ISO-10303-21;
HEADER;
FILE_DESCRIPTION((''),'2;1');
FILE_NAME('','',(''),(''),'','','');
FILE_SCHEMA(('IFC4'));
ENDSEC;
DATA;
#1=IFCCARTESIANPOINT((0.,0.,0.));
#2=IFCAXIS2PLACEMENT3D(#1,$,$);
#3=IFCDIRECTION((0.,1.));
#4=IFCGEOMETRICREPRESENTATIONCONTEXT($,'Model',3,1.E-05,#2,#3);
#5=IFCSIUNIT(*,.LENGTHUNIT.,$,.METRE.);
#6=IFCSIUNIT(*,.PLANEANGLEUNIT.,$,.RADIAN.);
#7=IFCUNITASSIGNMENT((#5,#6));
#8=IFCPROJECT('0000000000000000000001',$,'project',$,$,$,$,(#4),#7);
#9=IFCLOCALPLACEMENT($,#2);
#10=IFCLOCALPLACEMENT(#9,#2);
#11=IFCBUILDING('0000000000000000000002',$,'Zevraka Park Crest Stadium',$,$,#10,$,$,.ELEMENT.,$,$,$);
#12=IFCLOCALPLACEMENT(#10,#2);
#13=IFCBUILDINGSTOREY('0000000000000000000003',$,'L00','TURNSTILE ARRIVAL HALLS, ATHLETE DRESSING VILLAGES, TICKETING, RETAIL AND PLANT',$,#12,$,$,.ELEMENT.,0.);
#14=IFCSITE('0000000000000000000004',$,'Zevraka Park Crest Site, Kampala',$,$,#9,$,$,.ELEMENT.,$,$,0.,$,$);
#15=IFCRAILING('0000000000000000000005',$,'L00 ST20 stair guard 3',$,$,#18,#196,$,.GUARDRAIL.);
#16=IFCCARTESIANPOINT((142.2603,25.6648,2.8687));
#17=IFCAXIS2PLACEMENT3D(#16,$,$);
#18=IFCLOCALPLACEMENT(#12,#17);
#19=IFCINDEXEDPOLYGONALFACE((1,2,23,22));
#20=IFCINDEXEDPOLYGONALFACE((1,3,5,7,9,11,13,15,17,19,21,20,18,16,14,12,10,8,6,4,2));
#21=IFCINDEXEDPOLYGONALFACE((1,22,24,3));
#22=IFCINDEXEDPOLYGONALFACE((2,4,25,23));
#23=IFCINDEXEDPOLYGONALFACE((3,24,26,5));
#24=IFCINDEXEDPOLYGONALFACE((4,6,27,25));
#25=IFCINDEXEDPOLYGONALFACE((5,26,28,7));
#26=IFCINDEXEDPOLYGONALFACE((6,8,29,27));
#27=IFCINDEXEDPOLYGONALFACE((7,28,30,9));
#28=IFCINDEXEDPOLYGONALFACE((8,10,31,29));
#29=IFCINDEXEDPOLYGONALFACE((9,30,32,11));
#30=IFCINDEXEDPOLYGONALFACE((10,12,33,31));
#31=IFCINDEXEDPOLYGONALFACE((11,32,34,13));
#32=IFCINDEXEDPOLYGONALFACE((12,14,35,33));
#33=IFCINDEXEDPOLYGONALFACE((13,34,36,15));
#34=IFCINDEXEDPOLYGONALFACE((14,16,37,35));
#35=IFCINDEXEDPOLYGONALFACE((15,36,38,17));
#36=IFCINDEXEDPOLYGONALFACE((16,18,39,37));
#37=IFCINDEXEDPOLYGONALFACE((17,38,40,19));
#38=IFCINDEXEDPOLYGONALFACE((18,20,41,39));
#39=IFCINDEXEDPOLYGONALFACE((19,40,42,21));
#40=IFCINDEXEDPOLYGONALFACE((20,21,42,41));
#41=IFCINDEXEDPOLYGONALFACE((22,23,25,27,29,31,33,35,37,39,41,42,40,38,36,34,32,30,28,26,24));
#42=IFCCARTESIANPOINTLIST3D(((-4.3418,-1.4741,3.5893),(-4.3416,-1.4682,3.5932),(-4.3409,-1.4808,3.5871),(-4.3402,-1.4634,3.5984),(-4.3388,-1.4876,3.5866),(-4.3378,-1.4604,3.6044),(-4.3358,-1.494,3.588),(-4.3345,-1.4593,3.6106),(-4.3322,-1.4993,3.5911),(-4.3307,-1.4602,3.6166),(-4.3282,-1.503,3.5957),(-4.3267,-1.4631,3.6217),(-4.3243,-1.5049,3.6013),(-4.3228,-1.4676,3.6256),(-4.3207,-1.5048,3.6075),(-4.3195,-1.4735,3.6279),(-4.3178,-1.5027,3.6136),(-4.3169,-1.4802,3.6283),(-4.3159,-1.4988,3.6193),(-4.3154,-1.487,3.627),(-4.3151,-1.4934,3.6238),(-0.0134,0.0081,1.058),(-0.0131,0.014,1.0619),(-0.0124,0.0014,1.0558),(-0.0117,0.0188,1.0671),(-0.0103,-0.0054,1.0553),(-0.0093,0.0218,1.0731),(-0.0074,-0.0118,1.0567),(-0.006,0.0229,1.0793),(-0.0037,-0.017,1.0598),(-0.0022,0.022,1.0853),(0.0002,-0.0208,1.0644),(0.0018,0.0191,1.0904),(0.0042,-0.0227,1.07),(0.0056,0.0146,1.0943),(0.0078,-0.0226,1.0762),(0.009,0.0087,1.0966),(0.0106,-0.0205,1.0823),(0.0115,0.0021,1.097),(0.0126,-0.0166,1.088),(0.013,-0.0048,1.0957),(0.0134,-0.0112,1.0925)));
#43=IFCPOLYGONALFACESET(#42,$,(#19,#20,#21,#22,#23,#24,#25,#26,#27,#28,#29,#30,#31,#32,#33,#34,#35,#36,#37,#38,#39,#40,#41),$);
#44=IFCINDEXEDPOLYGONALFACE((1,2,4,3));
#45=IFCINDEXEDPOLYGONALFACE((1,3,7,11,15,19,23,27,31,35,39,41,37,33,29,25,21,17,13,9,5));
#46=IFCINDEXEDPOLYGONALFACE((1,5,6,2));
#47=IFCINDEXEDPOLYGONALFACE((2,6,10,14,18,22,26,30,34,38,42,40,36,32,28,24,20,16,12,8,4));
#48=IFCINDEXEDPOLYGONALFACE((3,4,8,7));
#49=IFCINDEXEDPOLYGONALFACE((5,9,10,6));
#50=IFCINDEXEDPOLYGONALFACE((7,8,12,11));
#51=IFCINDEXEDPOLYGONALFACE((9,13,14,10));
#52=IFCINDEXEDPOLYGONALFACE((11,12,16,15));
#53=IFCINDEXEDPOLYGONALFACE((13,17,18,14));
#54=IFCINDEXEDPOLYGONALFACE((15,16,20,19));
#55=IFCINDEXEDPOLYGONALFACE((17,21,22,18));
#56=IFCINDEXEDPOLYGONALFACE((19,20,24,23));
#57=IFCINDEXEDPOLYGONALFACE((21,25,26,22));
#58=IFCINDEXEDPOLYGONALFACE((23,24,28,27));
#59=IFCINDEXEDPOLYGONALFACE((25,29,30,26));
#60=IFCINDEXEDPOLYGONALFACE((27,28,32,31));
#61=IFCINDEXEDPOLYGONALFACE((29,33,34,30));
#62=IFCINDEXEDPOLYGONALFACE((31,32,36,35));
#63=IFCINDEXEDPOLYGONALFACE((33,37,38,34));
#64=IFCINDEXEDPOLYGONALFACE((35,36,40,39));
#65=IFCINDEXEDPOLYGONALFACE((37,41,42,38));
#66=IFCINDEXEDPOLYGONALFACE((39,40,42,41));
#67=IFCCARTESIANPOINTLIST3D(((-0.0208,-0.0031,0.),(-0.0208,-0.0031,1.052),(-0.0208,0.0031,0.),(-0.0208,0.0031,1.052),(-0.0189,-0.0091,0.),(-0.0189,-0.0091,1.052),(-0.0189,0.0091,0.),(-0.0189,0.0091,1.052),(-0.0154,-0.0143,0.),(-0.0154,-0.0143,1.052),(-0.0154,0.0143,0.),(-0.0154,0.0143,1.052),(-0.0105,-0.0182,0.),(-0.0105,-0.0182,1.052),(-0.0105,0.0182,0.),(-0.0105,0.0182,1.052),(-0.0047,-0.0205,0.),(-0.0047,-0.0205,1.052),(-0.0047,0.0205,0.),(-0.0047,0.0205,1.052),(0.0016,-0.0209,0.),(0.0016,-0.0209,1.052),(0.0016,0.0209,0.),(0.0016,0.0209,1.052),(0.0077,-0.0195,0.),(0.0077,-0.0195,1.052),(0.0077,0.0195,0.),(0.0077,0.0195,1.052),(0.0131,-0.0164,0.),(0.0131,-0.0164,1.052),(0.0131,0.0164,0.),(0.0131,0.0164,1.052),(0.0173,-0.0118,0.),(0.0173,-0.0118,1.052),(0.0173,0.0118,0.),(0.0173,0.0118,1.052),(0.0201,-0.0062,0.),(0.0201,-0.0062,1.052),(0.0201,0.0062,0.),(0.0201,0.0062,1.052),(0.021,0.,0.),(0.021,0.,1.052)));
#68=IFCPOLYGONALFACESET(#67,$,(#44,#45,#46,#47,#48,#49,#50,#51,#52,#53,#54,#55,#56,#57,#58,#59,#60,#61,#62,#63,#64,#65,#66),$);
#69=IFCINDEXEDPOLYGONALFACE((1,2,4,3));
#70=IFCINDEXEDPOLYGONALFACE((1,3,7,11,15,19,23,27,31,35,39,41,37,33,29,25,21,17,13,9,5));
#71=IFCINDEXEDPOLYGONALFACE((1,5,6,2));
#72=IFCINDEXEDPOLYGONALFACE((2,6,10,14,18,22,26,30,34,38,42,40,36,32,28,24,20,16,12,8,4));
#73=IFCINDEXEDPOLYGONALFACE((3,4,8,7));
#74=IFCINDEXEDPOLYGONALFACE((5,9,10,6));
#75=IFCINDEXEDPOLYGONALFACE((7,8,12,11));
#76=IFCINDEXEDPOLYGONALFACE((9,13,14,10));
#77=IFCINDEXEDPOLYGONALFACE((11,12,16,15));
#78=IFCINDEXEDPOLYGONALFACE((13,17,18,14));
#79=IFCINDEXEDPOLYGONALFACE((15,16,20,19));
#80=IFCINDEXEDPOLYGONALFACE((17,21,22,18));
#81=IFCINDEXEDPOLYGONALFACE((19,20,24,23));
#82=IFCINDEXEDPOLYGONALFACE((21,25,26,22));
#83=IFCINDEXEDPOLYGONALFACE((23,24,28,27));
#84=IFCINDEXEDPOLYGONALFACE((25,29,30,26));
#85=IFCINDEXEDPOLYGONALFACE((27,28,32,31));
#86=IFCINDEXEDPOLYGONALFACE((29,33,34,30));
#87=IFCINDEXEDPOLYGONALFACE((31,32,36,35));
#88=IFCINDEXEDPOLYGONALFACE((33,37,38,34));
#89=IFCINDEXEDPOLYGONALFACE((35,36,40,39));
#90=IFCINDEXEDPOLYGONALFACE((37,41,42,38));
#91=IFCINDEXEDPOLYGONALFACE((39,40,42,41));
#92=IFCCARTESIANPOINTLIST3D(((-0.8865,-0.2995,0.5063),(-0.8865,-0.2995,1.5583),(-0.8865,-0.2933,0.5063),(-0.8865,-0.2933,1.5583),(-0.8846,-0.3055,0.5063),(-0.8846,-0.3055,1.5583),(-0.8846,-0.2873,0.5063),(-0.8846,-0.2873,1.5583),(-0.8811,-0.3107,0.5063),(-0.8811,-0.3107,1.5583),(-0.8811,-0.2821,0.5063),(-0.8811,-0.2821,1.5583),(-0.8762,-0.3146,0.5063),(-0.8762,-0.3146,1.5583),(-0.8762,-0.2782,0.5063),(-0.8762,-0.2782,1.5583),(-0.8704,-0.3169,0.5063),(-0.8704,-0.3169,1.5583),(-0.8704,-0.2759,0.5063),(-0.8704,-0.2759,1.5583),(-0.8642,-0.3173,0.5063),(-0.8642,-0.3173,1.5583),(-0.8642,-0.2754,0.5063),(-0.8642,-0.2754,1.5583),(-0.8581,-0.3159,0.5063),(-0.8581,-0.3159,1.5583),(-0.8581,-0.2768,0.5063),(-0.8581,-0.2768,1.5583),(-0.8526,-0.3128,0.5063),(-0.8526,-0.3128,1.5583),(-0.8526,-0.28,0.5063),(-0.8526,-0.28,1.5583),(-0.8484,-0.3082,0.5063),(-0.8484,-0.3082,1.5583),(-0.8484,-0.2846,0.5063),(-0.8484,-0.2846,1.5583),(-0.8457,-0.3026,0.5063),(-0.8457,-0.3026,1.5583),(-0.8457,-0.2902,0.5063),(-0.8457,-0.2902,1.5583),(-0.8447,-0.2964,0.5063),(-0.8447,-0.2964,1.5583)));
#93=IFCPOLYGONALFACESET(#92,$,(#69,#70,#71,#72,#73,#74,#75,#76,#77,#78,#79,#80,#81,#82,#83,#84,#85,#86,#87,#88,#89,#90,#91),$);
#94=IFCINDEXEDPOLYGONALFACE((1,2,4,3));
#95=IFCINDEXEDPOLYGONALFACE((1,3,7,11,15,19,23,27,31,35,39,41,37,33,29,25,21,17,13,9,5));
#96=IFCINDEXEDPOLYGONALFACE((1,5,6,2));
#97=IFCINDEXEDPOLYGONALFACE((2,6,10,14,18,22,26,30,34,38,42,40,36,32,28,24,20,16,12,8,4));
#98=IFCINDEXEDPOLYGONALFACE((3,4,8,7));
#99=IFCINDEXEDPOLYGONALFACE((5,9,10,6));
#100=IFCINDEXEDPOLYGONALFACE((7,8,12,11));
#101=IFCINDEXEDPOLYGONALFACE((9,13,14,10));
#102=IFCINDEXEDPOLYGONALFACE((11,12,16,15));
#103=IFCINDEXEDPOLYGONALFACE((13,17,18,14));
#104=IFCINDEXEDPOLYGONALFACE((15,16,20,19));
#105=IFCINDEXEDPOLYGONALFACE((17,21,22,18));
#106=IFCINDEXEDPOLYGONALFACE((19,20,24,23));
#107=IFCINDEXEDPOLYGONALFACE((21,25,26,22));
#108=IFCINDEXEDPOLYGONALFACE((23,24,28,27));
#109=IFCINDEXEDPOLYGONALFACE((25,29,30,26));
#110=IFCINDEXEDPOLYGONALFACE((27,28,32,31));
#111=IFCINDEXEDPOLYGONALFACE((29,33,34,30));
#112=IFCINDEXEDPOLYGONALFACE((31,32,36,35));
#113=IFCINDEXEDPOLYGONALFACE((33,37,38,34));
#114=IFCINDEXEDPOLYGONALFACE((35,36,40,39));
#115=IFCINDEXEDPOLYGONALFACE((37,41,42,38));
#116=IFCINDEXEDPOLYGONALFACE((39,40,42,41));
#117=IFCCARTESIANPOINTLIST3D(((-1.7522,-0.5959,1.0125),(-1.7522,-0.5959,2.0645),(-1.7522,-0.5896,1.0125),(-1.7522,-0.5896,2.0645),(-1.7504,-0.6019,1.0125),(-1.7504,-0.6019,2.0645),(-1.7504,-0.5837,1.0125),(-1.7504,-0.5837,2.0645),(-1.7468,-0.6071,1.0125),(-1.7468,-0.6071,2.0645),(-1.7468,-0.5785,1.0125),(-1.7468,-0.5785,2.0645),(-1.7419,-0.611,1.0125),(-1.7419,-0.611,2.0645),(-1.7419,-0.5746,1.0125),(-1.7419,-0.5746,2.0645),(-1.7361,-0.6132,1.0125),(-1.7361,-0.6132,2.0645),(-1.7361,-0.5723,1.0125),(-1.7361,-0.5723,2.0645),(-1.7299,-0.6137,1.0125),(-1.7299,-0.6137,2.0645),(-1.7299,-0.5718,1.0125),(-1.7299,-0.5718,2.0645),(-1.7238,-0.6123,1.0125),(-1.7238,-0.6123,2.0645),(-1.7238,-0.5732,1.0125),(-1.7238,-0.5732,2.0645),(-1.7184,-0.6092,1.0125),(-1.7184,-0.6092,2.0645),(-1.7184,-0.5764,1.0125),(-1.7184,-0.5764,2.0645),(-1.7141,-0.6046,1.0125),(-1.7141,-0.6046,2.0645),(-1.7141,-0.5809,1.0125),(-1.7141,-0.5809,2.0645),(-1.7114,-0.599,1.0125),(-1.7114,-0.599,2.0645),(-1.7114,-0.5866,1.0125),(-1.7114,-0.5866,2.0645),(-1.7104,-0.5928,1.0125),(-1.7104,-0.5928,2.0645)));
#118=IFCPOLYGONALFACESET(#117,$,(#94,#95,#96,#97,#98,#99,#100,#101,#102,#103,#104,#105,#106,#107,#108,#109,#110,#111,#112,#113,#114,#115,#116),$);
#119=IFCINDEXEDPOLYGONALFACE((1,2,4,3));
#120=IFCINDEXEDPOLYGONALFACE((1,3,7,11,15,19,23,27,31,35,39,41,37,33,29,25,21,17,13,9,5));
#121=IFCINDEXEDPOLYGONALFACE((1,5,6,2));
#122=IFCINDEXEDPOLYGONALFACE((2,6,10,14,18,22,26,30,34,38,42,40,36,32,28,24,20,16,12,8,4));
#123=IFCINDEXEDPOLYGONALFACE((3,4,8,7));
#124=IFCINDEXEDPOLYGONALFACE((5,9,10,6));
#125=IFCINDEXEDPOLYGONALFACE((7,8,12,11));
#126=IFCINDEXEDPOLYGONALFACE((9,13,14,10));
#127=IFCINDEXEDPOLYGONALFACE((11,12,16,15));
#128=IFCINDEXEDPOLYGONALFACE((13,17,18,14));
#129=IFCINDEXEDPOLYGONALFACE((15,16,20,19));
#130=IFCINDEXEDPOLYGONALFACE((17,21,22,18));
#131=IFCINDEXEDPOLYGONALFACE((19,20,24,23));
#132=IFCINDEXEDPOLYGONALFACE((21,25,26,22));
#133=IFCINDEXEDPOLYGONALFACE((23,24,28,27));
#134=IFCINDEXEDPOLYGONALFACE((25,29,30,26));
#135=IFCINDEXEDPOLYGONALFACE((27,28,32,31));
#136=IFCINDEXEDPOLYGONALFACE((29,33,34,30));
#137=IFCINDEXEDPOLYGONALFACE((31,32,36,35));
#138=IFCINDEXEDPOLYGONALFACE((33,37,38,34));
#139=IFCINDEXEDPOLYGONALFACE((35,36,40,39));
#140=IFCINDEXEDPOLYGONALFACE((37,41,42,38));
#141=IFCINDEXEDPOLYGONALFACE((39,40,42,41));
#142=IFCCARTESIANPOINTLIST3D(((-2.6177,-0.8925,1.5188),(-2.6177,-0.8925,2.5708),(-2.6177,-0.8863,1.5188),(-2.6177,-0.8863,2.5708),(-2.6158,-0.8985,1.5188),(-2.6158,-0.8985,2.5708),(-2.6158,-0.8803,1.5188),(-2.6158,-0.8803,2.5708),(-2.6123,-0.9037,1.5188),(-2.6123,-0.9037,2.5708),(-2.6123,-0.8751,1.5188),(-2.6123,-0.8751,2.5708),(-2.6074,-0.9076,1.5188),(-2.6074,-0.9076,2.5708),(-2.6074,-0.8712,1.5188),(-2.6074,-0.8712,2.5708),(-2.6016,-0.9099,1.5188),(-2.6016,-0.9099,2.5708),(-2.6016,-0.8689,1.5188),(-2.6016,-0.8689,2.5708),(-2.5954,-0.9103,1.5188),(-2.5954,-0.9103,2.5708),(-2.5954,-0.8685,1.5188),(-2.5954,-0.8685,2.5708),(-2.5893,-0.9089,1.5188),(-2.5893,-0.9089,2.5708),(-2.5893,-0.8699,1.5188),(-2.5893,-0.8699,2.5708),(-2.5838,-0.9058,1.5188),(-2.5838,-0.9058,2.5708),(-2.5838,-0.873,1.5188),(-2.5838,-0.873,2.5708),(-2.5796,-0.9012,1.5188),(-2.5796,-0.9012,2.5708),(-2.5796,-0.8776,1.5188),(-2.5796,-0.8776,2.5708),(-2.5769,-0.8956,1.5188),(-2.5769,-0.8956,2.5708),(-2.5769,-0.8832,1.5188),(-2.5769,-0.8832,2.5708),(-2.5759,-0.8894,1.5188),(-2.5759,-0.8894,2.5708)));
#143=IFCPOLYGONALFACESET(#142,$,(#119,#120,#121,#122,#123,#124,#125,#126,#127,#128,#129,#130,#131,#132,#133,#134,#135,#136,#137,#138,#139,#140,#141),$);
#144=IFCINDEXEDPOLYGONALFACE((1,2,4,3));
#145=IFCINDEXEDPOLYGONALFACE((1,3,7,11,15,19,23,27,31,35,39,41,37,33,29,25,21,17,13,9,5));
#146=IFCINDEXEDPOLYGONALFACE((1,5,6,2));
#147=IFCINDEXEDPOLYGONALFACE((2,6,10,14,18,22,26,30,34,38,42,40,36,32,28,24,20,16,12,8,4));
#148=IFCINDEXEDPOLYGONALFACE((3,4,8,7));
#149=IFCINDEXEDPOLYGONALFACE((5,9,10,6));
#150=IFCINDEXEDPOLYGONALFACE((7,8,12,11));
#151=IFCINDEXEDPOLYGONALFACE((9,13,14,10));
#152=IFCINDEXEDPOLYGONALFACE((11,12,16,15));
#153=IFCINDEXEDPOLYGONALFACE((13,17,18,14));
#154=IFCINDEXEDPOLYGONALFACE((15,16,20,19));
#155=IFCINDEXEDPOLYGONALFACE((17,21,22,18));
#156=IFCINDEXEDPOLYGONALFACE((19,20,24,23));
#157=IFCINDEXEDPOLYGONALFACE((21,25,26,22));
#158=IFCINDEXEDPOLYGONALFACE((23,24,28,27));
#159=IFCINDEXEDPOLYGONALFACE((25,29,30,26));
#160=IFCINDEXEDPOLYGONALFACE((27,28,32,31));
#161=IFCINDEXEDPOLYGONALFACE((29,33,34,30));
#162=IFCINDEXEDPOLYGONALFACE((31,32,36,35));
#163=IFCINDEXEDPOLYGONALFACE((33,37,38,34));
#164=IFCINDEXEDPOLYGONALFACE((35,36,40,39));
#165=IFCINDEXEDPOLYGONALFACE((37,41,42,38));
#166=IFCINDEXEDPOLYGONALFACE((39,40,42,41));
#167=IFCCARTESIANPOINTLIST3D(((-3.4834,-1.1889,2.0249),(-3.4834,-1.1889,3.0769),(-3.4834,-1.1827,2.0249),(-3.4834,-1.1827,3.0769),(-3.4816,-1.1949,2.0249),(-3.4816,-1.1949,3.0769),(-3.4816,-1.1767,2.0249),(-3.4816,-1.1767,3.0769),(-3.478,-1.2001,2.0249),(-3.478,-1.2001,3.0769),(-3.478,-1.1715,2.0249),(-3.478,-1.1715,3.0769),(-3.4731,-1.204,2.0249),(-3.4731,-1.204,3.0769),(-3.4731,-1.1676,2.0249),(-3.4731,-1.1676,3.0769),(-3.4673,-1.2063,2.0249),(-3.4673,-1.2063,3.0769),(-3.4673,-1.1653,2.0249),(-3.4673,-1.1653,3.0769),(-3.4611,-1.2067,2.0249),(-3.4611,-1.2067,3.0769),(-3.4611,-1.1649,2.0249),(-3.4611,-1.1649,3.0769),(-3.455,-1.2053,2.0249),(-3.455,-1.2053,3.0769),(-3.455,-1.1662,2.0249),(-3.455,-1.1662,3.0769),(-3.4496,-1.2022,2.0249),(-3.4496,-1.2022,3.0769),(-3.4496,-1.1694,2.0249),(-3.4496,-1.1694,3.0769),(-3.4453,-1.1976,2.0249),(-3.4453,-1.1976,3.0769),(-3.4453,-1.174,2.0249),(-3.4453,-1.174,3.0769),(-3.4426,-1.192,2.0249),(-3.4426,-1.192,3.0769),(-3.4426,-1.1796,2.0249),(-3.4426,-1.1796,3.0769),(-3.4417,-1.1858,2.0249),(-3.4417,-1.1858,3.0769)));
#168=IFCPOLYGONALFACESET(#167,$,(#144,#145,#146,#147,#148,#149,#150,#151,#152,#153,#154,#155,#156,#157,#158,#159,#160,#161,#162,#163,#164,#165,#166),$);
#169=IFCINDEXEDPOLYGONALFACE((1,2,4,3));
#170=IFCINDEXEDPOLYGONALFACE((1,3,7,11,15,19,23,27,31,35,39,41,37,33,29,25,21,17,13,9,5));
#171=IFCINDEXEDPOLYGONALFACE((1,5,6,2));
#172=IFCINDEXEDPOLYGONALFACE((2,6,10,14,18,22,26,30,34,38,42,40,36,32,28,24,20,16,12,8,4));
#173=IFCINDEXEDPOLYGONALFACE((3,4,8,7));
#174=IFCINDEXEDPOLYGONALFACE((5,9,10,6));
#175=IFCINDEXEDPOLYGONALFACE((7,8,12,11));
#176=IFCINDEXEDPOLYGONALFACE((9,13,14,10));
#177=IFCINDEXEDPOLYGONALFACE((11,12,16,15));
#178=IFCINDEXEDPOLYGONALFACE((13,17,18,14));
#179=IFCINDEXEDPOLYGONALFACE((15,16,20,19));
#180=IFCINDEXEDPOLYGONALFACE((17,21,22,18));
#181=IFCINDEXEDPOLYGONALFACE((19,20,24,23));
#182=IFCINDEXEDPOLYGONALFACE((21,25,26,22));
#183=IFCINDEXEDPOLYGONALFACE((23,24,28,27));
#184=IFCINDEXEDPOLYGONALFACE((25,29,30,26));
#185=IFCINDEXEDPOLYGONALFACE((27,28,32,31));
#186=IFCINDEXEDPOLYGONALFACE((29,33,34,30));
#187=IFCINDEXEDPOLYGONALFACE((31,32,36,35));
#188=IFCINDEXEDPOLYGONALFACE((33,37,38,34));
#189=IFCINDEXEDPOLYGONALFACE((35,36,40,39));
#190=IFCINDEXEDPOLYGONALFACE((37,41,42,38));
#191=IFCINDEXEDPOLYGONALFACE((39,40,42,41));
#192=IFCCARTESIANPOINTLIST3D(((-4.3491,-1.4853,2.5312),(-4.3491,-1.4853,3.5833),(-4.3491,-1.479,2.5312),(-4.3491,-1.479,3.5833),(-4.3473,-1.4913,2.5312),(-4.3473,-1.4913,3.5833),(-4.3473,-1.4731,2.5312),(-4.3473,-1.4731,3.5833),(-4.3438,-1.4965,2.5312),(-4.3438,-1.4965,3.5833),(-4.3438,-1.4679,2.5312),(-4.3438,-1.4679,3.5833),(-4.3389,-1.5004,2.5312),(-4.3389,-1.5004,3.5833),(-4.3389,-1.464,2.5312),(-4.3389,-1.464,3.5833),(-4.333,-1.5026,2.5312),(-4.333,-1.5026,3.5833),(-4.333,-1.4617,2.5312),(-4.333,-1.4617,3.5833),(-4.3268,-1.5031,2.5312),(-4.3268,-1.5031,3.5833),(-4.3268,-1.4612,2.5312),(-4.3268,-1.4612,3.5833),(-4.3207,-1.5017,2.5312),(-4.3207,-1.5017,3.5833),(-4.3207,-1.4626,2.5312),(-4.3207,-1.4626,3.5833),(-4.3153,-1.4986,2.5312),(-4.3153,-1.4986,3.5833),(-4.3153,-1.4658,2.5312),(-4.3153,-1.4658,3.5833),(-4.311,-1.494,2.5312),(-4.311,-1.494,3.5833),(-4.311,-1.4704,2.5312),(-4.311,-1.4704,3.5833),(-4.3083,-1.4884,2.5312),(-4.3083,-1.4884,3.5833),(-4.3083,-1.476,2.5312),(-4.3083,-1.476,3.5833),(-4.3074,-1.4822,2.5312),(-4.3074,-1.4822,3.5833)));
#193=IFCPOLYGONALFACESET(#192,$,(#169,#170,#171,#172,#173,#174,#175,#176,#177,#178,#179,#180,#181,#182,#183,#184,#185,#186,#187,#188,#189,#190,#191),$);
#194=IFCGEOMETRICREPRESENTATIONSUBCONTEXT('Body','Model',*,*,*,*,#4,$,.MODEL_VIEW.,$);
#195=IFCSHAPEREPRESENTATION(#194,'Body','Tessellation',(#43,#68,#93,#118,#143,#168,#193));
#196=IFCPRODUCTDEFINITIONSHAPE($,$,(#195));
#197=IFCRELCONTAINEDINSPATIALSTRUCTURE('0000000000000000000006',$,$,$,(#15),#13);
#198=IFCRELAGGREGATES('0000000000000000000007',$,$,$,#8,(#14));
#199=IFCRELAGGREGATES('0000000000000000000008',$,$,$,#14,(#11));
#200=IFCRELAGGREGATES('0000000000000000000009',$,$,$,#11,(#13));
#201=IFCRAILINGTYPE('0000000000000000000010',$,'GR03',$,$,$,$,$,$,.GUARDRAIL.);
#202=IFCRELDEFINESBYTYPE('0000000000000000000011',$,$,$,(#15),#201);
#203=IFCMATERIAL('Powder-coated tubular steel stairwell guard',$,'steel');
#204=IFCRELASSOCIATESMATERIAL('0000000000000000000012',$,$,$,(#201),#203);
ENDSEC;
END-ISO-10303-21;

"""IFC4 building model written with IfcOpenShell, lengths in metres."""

from ifc_helpers import new_model, si_unit, direction, frame, origin, origin_2d, place, context, subcontext, project, spatial, circle, extrude, material, type_object, element, save


model = new_model("IFC4")

# Units and contexts
model_context = context("Model", 3, precision=1e-05, world=origin(), true_north=direction((0.0, 1.0)))
body_context = subcontext(model_context, "Body", "Model", "MODEL_VIEW")
ifc_project = project(units=[si_unit("LENGTHUNIT", "METRE"), si_unit("PLANEANGLEUNIT", "RADIAN")], contexts=[model_context])

# Site, building, storey
site_placement = place(None, origin())
site = spatial("IfcSite", under=ifc_project, at=site_placement, Name="Zevraka Park Crest Site, Kampala", CompositionType="ELEMENT", RefElevation=0.0)
building_placement = place(site_placement, origin())
building = spatial("IfcBuilding", under=site, at=building_placement, Name="Zevraka Park Crest Stadium", CompositionType="ELEMENT")
storey_placement = place(building_placement, origin())
storey = spatial("IfcBuildingStorey", under=building, at=storey_placement, Name="L00", Description="TURNSTILE ARRIVAL HALLS, ATHLETE DRESSING VILLAGES, TICKETING, RETAIL AND PLANT", CompositionType="ELEMENT", Elevation=0.0)

# Railing
ifc_material_1 = material(Name="Powder-coated tubular steel stairwell guard", Category="steel")
railing_type_1 = type_object("IfcRailingType", Name="GR03", PredefinedType="GUARDRAIL", material=ifc_material_1)
railing_1_placement = place(storey_placement, frame((142.2603, 25.6648, 2.8687)))
element("IfcRailing", 1, at=railing_1_placement, inside=storey, type_object=railing_type_1, Name="L00 ST20 stair guard 3", PredefinedType="GUARDRAIL", context=body_context, shape_type="SweptSolid", body=[
    extrude(circle(Radius=0.0239, at=origin_2d()), frame((0.0, 0.0, 1.0762), z_axis=(-0.827817, -0.283472, 0.484111), x_axis=(0.323965, -0.946069, 0.0)), (0.0, 0.0, 1.0), 5.2288),
    extrude(circle(Radius=0.021, at=origin_2d()), origin(), (0.0, 0.0, 1.0), 1.052),
    extrude(circle(Radius=0.021, at=origin_2d()), frame((-0.8657, -0.2964, 0.5063)), (0.0, 0.0, 1.0), 1.052),
    extrude(circle(Radius=0.021, at=origin_2d()), frame((-1.7314, -0.5928, 1.0125)), (0.0, 0.0, 1.0), 1.052),
    extrude(circle(Radius=0.021, at=origin_2d()), frame((-2.5969, -0.8894, 1.5188)), (0.0, 0.0, 1.0), 1.052),
    extrude(circle(Radius=0.021, at=origin_2d()), frame((-3.4626, -1.1858, 2.0249)), (0.0, 0.0, 1.0), 1.052),
    extrude(circle(Radius=0.021, at=origin_2d()), frame((-4.3284, -1.4822, 2.5312)), (0.0, 0.0, 1.0), 1.052),
])

save(model, "model.ifc")
